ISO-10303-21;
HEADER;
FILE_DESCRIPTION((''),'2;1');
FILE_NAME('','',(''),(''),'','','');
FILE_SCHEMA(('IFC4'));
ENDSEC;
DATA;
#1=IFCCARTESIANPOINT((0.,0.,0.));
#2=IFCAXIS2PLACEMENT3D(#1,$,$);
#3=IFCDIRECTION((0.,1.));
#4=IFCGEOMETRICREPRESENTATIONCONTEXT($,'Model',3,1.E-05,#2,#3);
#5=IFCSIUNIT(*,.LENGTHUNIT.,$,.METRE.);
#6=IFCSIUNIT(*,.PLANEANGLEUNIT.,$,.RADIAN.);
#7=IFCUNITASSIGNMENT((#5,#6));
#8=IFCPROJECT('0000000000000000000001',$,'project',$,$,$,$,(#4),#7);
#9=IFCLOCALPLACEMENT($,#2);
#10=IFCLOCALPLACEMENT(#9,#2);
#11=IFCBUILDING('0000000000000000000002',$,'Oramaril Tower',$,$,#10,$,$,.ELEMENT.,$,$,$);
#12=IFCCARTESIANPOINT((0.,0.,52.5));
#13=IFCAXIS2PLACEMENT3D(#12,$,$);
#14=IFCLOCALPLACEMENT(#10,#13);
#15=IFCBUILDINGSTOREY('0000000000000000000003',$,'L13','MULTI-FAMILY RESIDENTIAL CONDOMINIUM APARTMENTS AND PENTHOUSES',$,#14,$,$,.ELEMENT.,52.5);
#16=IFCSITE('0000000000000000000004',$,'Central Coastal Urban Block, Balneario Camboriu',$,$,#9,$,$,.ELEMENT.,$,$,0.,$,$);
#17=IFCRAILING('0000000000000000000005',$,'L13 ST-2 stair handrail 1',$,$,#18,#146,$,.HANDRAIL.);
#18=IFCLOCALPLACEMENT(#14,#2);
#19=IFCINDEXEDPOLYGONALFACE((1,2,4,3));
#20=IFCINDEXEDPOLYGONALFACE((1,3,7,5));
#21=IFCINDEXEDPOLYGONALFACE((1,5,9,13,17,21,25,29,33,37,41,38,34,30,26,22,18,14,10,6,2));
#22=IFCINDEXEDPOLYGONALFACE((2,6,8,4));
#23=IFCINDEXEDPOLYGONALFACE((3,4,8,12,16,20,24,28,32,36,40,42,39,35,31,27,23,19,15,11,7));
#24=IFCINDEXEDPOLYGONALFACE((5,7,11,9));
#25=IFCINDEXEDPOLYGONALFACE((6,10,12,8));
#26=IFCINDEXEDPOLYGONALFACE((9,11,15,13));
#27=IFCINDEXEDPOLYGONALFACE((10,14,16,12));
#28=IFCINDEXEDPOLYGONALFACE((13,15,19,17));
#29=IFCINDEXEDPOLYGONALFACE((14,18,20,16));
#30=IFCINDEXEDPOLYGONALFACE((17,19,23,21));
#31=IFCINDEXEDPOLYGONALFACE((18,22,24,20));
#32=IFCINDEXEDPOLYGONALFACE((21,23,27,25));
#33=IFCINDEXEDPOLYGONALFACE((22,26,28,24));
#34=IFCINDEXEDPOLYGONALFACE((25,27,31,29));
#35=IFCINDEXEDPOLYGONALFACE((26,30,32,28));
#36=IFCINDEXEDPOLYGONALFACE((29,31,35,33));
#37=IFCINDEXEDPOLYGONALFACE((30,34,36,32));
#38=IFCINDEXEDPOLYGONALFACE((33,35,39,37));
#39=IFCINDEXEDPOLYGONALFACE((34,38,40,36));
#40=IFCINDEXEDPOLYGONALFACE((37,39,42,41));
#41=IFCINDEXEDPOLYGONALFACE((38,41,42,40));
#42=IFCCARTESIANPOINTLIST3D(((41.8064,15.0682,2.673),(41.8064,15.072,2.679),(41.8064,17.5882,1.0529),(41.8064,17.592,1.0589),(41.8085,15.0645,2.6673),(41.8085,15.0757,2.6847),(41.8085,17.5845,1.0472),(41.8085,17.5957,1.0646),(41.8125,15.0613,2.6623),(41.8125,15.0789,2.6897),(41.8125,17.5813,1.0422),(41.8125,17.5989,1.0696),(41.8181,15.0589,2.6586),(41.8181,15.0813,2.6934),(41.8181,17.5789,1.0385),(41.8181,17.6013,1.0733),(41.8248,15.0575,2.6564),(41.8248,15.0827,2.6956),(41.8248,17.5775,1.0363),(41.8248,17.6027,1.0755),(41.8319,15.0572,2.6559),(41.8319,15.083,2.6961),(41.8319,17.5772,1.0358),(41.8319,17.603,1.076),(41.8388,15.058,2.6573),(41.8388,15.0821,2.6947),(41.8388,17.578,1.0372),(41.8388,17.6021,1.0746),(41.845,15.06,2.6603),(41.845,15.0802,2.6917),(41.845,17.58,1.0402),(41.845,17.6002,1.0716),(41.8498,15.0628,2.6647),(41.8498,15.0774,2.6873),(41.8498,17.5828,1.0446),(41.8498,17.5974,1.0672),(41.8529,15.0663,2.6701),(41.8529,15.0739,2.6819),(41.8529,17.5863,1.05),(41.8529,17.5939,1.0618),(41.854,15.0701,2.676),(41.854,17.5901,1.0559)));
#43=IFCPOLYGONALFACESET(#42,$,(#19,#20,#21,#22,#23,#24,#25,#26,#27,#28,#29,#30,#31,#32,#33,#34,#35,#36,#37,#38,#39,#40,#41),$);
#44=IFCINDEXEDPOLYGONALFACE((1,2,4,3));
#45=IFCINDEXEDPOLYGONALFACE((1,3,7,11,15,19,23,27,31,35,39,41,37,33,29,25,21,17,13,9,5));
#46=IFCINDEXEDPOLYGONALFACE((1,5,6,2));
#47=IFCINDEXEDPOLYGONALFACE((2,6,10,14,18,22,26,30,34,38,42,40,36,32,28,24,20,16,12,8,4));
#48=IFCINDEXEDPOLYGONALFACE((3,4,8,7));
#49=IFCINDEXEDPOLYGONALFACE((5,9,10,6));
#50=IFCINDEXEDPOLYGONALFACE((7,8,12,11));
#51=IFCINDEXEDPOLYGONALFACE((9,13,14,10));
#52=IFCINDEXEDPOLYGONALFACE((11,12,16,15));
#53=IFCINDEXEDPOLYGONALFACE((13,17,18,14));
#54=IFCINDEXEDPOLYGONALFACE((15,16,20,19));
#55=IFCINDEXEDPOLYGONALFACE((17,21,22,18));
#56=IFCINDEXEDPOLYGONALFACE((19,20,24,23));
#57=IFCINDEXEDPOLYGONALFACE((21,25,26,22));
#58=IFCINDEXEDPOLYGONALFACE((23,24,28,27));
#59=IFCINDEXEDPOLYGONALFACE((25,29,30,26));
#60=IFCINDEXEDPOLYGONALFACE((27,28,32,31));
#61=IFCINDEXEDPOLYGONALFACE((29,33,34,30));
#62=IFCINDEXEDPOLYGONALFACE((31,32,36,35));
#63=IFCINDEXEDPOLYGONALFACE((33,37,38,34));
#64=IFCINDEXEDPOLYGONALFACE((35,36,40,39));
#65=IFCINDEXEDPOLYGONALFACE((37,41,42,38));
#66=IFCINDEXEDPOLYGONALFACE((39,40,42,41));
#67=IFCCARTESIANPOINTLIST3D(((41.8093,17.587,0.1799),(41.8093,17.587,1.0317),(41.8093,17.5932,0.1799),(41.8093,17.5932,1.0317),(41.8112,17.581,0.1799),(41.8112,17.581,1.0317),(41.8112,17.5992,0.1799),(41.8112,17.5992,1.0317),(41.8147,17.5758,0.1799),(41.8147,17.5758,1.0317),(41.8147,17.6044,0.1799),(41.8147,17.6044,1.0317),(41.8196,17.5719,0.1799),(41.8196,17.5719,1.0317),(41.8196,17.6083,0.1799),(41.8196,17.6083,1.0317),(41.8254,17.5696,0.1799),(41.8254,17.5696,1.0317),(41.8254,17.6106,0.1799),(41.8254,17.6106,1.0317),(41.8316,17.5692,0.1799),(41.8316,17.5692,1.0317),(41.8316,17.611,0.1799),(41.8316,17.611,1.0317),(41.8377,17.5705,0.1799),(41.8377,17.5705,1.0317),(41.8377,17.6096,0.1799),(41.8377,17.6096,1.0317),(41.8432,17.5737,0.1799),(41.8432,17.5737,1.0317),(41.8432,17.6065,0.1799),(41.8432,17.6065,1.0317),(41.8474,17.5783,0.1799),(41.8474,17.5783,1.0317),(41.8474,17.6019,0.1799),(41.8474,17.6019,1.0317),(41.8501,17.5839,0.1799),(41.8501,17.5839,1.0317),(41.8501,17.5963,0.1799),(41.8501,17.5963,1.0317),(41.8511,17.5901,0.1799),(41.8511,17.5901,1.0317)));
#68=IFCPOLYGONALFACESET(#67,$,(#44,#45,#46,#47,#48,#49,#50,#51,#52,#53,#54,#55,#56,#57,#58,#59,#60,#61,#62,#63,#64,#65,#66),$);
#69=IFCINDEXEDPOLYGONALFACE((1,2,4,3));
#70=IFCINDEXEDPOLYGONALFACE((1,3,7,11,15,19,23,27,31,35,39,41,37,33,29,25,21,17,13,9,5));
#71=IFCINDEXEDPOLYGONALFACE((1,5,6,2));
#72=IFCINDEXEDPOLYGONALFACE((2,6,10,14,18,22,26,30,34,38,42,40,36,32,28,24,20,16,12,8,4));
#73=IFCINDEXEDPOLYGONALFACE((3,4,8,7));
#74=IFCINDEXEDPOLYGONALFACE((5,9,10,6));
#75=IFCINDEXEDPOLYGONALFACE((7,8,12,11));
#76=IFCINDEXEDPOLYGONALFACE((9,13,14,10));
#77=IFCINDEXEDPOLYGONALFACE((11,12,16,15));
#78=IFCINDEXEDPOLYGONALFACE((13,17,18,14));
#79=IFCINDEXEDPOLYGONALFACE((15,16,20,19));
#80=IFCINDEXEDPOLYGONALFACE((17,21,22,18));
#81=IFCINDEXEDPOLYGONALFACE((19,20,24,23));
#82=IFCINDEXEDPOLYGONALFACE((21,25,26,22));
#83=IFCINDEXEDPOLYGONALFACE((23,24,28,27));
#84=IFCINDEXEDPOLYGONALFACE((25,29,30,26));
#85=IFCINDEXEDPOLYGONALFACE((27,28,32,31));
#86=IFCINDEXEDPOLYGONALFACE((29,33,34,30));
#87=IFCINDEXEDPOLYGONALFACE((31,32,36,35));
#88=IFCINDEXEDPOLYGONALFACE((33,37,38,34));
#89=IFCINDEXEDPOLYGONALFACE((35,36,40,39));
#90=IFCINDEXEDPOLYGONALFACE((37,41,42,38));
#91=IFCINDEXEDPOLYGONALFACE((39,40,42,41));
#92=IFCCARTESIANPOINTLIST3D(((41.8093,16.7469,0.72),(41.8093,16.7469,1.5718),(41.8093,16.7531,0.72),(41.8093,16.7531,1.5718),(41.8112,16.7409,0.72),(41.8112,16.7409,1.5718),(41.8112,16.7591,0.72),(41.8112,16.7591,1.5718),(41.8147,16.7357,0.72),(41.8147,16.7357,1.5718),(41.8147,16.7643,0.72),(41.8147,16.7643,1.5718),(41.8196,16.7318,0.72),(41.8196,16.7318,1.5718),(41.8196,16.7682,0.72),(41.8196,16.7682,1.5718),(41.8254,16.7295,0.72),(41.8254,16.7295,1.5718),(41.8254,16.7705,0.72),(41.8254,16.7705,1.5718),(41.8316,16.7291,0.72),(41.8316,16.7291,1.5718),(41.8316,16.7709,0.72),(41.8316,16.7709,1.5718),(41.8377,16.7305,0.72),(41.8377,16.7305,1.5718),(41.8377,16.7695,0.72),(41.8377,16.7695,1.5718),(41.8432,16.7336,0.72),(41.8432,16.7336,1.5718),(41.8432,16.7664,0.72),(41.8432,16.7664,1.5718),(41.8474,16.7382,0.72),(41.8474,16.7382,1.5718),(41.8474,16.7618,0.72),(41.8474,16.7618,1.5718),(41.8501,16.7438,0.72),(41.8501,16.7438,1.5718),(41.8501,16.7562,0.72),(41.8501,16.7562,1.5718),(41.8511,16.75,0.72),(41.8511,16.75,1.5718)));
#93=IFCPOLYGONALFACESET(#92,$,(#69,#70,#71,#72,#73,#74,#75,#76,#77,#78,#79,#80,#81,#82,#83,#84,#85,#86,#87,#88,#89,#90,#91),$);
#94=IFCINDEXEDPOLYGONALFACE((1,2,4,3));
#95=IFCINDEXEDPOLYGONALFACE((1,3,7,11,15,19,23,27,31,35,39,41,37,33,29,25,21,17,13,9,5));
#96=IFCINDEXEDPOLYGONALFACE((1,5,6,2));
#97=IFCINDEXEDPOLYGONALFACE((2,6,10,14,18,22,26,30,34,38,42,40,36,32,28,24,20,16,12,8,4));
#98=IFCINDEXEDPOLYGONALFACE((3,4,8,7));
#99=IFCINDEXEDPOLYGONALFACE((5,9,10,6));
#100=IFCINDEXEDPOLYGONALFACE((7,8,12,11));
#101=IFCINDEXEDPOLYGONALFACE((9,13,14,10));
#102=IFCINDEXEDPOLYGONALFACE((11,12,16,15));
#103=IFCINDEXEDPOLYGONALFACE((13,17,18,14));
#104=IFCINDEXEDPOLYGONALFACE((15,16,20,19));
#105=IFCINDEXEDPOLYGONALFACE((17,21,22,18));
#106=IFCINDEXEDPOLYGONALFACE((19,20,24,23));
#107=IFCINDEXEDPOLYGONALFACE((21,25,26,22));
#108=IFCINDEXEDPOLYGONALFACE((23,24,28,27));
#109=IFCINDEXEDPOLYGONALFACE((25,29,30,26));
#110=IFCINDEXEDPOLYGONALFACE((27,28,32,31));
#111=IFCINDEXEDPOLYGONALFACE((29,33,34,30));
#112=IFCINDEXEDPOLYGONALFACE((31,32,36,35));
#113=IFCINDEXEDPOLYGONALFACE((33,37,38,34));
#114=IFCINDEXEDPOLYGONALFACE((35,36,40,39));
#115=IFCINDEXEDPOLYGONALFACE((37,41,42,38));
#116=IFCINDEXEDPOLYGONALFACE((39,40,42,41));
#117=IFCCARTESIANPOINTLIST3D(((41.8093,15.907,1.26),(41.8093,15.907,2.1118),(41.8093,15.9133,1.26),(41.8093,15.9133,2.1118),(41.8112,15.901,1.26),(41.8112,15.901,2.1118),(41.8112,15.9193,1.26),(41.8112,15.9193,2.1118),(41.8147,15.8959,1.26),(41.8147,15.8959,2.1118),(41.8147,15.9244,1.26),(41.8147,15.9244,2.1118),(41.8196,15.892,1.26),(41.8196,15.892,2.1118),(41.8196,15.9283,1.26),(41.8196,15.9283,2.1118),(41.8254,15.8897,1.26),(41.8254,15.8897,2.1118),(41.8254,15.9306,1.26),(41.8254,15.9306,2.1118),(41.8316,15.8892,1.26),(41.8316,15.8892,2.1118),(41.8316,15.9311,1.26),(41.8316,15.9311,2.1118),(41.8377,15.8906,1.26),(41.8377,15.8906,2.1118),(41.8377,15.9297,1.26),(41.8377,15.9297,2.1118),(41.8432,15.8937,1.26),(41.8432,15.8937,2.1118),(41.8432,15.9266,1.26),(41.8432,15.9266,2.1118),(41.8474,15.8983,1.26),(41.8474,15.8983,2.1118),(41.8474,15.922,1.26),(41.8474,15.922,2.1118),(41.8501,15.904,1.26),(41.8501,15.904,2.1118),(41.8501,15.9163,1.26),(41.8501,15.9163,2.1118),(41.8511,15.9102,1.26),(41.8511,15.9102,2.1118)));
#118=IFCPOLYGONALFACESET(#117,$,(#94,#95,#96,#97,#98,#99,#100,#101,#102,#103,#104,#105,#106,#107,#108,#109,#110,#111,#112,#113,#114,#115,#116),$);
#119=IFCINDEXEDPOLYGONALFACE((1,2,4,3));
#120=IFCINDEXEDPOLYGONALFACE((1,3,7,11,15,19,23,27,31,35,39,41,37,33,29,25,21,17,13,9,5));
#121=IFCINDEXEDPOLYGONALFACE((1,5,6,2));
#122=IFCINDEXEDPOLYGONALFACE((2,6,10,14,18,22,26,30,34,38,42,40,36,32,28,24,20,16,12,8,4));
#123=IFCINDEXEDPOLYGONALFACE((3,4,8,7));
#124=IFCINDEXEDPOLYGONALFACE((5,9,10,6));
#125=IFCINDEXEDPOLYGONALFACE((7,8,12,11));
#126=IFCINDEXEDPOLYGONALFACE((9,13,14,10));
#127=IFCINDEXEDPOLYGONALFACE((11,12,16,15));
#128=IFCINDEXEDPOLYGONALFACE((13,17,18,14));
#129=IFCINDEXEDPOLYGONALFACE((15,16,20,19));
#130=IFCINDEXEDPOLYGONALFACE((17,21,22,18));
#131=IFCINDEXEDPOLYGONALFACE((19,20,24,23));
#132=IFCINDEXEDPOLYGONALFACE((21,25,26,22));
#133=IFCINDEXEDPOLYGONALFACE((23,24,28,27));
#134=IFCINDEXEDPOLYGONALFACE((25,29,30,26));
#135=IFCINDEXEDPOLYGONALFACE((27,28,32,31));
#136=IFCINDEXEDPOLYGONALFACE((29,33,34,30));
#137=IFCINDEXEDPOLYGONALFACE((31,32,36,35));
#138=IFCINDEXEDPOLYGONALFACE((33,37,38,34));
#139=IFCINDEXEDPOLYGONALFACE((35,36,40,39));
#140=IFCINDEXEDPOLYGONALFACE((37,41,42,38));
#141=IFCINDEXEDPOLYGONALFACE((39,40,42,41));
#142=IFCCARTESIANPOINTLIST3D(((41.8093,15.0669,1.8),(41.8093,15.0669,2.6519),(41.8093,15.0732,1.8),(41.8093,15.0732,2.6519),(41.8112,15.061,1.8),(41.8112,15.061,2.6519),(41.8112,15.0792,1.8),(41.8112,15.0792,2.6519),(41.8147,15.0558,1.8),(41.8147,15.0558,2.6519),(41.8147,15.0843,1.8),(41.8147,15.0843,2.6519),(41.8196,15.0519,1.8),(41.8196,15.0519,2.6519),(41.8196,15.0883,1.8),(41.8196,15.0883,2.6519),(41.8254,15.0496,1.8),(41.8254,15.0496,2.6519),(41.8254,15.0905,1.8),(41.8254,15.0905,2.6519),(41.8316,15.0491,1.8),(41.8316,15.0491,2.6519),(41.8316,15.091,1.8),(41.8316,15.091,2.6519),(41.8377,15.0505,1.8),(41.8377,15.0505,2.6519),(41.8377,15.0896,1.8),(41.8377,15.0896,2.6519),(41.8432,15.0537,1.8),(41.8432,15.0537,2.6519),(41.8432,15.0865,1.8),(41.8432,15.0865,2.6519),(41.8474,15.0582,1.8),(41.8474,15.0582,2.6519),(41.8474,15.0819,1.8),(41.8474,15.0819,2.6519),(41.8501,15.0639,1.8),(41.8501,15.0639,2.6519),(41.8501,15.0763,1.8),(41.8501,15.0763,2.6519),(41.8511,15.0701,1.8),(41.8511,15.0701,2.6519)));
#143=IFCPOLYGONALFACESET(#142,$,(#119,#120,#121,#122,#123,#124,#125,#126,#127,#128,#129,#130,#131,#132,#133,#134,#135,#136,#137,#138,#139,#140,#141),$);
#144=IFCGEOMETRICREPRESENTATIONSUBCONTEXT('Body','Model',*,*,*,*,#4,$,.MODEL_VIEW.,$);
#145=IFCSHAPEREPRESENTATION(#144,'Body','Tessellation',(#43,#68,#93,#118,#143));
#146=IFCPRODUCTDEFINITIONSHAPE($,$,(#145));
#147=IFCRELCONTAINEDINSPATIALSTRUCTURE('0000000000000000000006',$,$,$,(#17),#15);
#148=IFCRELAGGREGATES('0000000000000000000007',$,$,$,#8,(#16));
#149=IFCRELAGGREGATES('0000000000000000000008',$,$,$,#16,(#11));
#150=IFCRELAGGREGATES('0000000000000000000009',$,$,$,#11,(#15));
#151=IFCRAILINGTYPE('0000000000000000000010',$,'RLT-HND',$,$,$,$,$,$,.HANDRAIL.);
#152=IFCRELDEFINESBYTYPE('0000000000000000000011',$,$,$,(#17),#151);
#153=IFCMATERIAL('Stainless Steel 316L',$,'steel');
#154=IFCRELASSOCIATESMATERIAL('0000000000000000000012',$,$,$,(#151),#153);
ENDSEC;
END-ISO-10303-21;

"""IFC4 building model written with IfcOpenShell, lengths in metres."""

from ifc_helpers import new_model, si_unit, direction, frame, origin, origin_2d, place, context, subcontext, project, spatial, circle, extrude, material, type_object, element, save


model = new_model("IFC4")

# Units and contexts
model_context = context("Model", 3, precision=1e-05, world=origin(), true_north=direction((0.0, 1.0)))
body_context = subcontext(model_context, "Body", "Model", "MODEL_VIEW")
ifc_project = project(units=[si_unit("LENGTHUNIT", "METRE"), si_unit("PLANEANGLEUNIT", "RADIAN")], contexts=[model_context])

# Site, building, storey
site_placement = place(None, origin())
site = spatial("IfcSite", under=ifc_project, at=site_placement, Name="Central Coastal Urban Block, Balneario Camboriu", CompositionType="ELEMENT", RefElevation=0.0)
building_placement = place(site_placement, origin())
building = spatial("IfcBuilding", under=site, at=building_placement, Name="Oramaril Tower", CompositionType="ELEMENT")
storey_placement = place(building_placement, frame((0.0, 0.0, 52.5)))
storey = spatial("IfcBuildingStorey", under=building, at=storey_placement, Name="L13", Description="MULTI-FAMILY RESIDENTIAL CONDOMINIUM APARTMENTS AND PENTHOUSES", CompositionType="ELEMENT", Elevation=52.5)

# Railing
ifc_material_1 = material(Name="Stainless Steel 316L", Category="steel")
railing_type_1 = type_object("IfcRailingType", Name="RLT-HND", PredefinedType="HANDRAIL", material=ifc_material_1)
railing_1_placement = place(storey_placement, frame((41.8301, 17.5901, 0.1799)))
element("IfcRailing", 1, at=railing_1_placement, inside=storey, type_object=railing_type_1, Name="L13 ST-2 stair handrail 1", PredefinedType="HANDRAIL", context=body_context, shape_type="SweptSolid", body=[
    extrude(circle(Radius=0.0239, at=origin_2d()), frame((0.0, 0.0, 0.876), z_axis=(0.0, -0.841163, 0.540782), x_axis=(1.0, 0.0, 0.0)), (0.0, 0.0, 1.0), 2.9958),
    extrude(circle(Radius=0.021, at=origin_2d()), origin(), (0.0, 0.0, 1.0), 0.8518),
    extrude(circle(Radius=0.021, at=origin_2d()), frame((0.0, -0.8401, 0.54)), (0.0, 0.0, 1.0), 0.8518),
    extrude(circle(Radius=0.021, at=origin_2d()), frame((0.0, -1.6799, 1.0801)), (0.0, 0.0, 1.0), 0.8518),
    extrude(circle(Radius=0.021, at=origin_2d()), frame((0.0, -2.52, 1.6201)), (0.0, 0.0, 1.0), 0.8518),
])

save(model, "model.ifc")
